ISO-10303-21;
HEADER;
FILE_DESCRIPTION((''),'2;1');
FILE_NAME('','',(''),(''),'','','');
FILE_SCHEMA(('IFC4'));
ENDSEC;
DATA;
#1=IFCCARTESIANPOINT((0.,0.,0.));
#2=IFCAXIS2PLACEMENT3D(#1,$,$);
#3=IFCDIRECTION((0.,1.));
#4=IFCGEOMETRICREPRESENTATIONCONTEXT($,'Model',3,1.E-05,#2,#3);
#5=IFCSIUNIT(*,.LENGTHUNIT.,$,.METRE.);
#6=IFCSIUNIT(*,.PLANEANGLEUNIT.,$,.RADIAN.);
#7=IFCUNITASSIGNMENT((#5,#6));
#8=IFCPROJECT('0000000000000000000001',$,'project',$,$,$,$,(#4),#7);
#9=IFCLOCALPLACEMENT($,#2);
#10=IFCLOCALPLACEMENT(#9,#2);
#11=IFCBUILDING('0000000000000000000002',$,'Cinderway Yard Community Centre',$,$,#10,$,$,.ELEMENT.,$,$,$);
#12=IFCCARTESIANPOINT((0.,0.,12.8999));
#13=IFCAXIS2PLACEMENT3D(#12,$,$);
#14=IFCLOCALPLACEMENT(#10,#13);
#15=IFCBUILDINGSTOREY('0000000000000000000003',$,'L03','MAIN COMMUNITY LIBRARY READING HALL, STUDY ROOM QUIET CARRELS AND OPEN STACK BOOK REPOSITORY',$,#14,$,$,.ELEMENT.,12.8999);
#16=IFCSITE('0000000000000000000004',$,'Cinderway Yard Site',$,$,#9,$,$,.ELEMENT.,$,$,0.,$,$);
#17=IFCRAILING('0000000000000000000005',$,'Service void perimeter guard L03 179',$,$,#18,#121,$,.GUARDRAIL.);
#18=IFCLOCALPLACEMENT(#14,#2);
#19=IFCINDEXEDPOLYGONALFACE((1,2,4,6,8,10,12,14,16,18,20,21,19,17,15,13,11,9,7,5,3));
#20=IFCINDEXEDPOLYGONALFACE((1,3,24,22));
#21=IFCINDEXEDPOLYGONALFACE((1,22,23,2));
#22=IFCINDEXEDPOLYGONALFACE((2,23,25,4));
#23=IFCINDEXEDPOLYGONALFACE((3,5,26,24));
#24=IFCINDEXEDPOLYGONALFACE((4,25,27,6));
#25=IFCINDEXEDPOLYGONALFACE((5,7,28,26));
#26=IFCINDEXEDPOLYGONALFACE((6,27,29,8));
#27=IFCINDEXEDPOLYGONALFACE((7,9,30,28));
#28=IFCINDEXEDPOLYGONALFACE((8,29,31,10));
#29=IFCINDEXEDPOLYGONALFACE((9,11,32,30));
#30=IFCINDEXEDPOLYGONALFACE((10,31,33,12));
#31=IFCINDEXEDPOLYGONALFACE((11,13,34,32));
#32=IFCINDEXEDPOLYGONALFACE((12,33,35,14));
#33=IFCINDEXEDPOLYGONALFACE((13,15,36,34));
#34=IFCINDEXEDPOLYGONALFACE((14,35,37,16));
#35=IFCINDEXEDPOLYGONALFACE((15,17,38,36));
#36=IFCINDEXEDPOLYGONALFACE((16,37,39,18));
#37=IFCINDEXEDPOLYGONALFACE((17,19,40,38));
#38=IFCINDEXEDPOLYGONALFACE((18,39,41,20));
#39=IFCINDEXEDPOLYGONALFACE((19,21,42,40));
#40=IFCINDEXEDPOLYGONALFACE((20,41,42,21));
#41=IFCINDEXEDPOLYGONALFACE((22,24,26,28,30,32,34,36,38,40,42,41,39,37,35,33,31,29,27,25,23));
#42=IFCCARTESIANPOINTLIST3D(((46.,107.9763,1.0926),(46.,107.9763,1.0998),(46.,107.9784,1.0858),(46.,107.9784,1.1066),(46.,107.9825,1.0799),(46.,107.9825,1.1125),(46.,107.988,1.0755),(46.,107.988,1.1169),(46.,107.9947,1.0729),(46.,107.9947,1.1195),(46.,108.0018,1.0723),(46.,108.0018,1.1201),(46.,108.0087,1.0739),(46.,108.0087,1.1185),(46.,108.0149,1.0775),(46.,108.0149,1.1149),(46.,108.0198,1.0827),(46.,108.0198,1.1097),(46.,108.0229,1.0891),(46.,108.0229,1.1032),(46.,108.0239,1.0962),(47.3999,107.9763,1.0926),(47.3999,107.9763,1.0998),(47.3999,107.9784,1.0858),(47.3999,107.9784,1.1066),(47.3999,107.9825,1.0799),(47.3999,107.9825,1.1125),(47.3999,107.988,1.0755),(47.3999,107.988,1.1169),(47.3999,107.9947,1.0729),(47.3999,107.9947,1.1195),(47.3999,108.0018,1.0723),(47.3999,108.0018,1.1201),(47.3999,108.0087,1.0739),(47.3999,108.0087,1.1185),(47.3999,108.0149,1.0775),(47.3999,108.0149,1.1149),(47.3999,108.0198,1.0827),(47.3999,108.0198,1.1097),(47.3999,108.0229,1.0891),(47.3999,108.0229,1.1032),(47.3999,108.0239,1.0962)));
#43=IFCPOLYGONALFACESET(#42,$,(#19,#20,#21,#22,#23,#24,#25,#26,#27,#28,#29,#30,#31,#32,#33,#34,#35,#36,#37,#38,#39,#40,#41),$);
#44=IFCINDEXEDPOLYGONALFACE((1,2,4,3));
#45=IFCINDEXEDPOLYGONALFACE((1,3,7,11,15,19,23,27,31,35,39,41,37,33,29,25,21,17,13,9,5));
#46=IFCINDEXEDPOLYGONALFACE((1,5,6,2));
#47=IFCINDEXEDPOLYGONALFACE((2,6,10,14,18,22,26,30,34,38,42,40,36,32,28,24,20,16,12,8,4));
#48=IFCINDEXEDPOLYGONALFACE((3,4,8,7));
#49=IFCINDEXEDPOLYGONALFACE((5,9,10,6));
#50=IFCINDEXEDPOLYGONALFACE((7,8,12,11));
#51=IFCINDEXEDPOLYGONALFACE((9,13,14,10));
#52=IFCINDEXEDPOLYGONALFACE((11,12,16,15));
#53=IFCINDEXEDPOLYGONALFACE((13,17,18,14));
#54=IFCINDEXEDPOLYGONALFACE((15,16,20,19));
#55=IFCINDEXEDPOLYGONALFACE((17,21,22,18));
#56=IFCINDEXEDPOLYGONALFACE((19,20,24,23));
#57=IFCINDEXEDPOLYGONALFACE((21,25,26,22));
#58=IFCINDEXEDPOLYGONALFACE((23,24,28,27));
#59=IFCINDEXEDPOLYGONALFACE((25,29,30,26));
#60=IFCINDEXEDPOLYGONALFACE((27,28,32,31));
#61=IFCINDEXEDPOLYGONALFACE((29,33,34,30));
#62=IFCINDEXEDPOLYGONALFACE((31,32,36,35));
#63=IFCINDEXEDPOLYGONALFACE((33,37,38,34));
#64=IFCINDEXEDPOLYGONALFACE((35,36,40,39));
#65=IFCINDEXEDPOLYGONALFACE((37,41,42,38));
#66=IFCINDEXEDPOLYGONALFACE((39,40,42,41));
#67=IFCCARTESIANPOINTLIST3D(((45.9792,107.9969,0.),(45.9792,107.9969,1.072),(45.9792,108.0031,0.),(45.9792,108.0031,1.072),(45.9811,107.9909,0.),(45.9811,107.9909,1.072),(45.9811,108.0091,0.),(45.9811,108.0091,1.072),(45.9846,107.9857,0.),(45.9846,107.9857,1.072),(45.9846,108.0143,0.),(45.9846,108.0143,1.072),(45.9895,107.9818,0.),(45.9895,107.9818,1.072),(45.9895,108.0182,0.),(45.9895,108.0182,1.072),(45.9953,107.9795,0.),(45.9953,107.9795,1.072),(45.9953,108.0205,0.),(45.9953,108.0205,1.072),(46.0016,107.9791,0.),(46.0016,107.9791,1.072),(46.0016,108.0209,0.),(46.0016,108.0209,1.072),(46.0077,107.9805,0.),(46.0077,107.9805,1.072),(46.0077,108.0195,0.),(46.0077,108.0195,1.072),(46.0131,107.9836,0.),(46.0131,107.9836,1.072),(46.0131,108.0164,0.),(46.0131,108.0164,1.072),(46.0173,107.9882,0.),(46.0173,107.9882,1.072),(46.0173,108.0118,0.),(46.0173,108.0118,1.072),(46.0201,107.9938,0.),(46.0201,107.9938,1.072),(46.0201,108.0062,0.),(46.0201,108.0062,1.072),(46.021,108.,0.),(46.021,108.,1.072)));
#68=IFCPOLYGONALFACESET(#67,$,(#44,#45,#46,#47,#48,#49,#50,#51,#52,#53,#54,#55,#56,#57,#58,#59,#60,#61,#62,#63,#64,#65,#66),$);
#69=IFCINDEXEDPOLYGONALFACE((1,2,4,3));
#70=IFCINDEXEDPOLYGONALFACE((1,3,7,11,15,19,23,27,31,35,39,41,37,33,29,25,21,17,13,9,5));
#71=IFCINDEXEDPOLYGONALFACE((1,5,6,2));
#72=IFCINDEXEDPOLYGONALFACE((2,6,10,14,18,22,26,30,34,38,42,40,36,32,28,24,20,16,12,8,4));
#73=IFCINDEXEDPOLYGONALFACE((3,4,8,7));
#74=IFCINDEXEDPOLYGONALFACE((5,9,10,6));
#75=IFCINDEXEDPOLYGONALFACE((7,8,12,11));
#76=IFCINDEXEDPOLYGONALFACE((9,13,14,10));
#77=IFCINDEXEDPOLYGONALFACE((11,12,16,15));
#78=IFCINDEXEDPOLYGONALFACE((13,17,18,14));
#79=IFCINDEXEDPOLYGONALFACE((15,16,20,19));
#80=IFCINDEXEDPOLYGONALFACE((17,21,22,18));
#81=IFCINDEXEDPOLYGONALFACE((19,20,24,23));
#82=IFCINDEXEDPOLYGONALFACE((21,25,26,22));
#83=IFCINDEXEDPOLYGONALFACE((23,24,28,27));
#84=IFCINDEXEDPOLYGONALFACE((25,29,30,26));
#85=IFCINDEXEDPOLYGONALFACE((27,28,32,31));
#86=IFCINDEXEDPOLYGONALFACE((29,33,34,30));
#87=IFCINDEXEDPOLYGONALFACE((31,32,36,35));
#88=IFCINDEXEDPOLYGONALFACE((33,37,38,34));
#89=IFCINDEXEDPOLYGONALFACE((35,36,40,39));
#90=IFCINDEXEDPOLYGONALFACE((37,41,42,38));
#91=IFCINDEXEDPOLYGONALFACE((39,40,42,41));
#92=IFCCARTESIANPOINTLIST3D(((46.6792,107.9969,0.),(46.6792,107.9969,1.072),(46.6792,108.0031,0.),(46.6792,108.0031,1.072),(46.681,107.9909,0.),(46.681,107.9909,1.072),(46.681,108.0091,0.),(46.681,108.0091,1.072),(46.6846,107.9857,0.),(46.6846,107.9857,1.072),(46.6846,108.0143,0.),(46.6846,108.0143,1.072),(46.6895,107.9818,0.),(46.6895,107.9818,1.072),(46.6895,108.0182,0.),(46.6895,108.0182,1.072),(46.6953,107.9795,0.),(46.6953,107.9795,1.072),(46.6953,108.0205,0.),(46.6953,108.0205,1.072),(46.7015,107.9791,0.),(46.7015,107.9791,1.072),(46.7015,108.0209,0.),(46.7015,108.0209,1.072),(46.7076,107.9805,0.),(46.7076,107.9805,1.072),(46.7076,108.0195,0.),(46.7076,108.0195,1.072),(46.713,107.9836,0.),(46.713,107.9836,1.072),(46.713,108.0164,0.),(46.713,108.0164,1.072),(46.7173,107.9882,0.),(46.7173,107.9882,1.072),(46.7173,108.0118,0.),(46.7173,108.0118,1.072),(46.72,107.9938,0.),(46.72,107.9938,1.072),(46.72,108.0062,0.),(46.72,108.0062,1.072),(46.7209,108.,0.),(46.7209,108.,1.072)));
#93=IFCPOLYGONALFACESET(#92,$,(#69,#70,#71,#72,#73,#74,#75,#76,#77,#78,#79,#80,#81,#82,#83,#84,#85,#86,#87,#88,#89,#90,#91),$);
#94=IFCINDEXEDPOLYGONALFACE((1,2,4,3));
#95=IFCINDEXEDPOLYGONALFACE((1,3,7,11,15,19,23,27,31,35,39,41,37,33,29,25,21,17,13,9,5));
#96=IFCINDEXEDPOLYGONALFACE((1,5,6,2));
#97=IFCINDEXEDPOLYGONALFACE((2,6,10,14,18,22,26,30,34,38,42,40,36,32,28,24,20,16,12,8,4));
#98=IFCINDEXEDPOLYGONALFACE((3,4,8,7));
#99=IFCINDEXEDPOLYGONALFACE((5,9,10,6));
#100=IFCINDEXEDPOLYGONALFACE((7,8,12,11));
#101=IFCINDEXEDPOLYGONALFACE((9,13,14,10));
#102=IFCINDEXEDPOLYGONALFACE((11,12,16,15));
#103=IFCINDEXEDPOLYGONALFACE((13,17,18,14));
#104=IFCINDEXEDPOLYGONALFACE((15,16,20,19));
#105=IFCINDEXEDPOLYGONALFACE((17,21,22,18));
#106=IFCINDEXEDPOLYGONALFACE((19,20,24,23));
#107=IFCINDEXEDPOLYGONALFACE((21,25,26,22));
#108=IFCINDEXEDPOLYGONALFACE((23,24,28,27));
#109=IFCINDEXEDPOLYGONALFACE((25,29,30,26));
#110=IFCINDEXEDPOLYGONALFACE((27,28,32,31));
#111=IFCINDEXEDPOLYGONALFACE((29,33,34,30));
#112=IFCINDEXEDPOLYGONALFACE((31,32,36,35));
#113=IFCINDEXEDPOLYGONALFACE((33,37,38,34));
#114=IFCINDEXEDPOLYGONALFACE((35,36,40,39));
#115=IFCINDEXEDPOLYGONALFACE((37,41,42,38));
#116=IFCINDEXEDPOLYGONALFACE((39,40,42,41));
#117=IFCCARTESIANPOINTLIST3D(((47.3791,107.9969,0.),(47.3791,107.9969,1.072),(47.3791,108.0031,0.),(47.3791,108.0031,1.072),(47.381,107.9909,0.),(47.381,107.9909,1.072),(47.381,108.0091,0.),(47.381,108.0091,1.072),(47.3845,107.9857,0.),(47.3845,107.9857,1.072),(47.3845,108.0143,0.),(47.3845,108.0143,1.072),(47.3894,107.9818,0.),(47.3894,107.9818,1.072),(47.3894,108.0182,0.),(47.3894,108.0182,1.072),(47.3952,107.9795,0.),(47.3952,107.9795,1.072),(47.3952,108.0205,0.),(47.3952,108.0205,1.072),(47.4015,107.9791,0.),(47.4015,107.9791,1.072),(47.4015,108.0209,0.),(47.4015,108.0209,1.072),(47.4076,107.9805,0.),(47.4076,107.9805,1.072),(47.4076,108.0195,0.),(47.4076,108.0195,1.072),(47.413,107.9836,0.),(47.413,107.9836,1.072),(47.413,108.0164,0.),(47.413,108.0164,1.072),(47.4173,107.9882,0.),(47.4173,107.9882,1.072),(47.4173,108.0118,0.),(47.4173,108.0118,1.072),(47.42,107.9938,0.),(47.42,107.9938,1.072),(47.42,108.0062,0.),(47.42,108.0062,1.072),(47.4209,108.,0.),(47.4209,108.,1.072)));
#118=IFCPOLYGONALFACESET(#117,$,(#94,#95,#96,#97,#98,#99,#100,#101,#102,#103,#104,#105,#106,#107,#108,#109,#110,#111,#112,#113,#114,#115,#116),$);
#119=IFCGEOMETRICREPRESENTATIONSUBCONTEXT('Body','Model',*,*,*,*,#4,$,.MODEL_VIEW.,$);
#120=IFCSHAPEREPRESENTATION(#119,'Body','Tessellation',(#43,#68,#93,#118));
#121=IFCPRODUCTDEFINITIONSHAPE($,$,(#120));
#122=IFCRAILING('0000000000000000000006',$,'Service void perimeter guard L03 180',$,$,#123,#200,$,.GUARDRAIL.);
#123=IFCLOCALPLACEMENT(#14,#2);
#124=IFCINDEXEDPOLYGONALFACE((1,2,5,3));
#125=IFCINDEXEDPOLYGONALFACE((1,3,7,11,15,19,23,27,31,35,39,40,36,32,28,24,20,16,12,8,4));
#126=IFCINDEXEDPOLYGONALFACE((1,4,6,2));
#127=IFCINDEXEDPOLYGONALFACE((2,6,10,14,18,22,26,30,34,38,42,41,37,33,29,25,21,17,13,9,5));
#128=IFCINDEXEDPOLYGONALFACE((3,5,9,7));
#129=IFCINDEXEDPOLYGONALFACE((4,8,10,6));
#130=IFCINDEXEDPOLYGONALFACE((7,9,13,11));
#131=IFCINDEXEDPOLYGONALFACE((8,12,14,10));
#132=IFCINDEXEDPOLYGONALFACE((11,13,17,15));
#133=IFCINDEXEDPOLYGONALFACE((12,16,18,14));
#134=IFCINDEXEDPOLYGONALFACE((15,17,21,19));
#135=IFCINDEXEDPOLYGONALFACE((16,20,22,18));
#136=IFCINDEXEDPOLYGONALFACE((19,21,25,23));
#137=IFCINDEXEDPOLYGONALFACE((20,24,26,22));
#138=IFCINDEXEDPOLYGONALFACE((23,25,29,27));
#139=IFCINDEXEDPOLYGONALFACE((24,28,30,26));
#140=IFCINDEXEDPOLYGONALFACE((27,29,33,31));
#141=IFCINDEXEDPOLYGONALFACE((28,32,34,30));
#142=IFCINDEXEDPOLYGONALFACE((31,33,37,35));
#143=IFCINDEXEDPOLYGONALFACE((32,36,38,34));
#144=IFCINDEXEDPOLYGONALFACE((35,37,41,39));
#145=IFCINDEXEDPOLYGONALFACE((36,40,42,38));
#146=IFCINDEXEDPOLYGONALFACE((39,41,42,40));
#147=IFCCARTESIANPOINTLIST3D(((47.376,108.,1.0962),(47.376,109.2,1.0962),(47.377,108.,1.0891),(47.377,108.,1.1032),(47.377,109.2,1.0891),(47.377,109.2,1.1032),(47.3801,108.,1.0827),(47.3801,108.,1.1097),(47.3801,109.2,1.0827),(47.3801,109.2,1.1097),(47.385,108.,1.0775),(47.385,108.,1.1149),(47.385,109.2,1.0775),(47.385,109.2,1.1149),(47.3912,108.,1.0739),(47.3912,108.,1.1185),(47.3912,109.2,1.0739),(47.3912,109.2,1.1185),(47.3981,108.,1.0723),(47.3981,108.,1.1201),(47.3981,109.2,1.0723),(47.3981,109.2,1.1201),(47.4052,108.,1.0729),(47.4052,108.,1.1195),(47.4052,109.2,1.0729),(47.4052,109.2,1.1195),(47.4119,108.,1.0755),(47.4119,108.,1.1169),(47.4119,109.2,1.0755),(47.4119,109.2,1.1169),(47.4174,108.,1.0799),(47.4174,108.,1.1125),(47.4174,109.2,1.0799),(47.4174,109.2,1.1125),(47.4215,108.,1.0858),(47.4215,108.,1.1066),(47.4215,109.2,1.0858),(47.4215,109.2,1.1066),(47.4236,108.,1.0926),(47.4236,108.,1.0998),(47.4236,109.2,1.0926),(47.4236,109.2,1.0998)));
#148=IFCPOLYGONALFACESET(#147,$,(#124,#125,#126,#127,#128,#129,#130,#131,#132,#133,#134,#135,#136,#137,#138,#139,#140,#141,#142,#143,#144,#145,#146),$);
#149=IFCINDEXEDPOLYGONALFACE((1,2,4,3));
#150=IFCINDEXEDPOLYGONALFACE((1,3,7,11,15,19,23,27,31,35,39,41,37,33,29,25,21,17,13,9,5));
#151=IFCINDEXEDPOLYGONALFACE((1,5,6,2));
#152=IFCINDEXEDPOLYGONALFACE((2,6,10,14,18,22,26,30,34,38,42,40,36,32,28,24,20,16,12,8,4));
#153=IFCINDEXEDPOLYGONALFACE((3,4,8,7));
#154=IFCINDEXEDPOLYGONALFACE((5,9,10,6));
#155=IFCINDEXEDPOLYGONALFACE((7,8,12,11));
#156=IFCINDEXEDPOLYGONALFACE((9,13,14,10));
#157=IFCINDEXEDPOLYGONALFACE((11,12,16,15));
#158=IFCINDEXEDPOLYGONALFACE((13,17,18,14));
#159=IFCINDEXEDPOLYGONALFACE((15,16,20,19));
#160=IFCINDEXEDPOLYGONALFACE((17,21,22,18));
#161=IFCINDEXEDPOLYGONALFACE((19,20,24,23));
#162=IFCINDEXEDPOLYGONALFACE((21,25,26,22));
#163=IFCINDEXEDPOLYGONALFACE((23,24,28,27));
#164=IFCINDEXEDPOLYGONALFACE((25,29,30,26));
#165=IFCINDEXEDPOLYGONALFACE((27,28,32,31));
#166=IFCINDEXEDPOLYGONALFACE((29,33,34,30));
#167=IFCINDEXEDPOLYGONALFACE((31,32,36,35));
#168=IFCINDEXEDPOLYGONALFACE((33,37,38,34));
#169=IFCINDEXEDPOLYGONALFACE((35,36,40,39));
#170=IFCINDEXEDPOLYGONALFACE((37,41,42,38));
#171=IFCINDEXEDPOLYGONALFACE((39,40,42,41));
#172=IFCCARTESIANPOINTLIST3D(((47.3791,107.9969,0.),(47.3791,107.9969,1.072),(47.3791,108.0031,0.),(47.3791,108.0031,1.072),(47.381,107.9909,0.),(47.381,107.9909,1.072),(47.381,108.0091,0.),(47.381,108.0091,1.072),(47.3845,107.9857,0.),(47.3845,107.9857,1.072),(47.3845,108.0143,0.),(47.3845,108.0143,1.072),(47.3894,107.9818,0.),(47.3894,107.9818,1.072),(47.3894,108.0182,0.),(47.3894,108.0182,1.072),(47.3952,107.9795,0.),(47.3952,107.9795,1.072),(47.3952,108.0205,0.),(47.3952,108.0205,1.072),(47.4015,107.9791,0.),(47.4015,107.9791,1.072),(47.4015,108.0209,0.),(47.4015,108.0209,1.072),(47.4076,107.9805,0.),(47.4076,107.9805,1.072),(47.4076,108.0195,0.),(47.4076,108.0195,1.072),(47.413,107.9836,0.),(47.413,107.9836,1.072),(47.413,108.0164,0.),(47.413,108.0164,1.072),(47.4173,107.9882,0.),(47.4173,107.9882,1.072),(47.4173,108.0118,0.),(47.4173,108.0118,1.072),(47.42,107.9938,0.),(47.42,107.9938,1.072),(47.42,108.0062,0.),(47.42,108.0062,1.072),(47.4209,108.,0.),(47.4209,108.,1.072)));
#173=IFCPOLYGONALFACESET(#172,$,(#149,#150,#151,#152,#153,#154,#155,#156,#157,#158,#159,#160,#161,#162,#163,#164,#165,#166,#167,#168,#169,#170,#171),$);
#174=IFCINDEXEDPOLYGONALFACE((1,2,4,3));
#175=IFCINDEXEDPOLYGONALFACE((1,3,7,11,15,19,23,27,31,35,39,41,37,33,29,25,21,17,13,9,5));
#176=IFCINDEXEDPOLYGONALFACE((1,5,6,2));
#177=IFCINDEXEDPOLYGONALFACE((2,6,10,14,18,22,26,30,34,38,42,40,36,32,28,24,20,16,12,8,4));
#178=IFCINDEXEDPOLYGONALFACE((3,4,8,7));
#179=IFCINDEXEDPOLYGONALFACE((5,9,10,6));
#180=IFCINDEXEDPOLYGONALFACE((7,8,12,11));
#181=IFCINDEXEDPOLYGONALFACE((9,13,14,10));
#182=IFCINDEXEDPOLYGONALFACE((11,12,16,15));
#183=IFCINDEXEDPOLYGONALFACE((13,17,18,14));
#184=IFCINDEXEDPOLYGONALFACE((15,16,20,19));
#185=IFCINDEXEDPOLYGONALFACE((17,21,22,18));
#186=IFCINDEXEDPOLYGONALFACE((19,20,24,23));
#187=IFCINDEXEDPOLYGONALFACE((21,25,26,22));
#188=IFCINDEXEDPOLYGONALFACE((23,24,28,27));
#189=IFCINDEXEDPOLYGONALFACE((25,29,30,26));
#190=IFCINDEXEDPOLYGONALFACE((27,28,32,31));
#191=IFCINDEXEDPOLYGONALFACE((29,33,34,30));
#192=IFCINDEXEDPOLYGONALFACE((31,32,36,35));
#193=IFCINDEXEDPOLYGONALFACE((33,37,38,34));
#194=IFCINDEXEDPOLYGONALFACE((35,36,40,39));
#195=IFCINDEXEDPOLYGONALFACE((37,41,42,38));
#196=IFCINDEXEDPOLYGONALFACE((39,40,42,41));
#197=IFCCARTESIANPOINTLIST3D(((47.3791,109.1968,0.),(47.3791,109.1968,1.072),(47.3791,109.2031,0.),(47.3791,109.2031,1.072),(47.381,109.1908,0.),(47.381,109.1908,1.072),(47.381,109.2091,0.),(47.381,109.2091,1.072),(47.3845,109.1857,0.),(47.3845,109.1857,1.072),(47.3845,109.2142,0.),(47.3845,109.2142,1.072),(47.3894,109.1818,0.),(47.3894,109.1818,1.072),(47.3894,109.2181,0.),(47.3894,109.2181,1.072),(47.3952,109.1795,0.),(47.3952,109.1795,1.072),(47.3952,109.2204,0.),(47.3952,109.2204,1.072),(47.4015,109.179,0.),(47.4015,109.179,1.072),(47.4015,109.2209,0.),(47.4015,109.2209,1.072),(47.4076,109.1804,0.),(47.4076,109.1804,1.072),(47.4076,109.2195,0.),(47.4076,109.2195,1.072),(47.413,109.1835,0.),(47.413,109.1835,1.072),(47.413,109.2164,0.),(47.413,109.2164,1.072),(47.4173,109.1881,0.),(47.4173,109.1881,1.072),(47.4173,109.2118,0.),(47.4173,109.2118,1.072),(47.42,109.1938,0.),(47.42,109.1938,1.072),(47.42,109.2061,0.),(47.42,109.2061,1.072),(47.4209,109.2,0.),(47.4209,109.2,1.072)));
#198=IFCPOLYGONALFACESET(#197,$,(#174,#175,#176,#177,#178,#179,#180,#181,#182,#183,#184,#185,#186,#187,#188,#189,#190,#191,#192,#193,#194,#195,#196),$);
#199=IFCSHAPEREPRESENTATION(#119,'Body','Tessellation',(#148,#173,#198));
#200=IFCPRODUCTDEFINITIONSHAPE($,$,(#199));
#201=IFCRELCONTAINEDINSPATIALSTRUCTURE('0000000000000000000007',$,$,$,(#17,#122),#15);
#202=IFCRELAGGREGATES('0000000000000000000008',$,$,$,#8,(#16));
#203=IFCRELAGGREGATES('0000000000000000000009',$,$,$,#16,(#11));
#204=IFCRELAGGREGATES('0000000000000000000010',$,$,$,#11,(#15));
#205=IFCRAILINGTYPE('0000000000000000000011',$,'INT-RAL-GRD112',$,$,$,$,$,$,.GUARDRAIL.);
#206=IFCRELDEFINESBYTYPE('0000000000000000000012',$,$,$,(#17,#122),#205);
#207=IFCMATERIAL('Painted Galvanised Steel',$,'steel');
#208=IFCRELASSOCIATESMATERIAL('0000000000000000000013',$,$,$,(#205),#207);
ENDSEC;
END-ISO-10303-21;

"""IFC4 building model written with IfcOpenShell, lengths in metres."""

from ifc_helpers import new_model, si_unit, direction, frame, origin, origin_2d, place, context, subcontext, project, spatial, circle, extrude, material, type_object, element, save


model = new_model("IFC4")

# Units and contexts
model_context = context("Model", 3, precision=1e-05, world=origin(), true_north=direction((0.0, 1.0)))
body_context = subcontext(model_context, "Body", "Model", "MODEL_VIEW")
ifc_project = project(units=[si_unit("LENGTHUNIT", "METRE"), si_unit("PLANEANGLEUNIT", "RADIAN")], contexts=[model_context])

# Site, building, storey
site_placement = place(None, origin())
site = spatial("IfcSite", under=ifc_project, at=site_placement, Name="Cinderway Yard Site", CompositionType="ELEMENT", RefElevation=0.0)
building_placement = place(site_placement, origin())
building = spatial("IfcBuilding", under=site, at=building_placement, Name="Cinderway Yard Community Centre", CompositionType="ELEMENT")
storey_placement = place(building_placement, frame((0.0, 0.0, 12.8999)))
storey = spatial("IfcBuildingStorey", under=building, at=storey_placement, Name="L03", Description="MAIN COMMUNITY LIBRARY READING HALL, STUDY ROOM QUIET CARRELS AND OPEN STACK BOOK REPOSITORY", CompositionType="ELEMENT", Elevation=12.8999)

# Railings
ifc_material_1 = material(Name="Painted Galvanised Steel", Category="steel")
railing_type = type_object("IfcRailingType", Name="INT-RAL-GRD112", PredefinedType="GUARDRAIL", material=ifc_material_1)
railing_1_placement = place(storey_placement, frame((46.0, 108.0, 0.0)))
element("IfcRailing", 1, at=railing_1_placement, inside=storey, type_object=railing_type, Name="Service void perimeter guard L03 179", PredefinedType="GUARDRAIL", context=body_context, shape_type="SweptSolid", body=[
    extrude(circle(Radius=0.0239, at=origin_2d()), frame((0.0, 0.0, 1.0962), z_axis=(1.0, 0.0, 0.0), x_axis=(0.0, 1.0, 0.0)), (0.0, 0.0, 1.0), 1.3999),
    extrude(circle(Radius=0.021, at=origin_2d()), origin(), (0.0, 0.0, 1.0), 1.072),
    extrude(circle(Radius=0.021, at=origin_2d()), frame((0.7, 0.0, 0.0)), (0.0, 0.0, 1.0), 1.072),
    extrude(circle(Radius=0.021, at=origin_2d()), frame((1.3999, 0.0, 0.0)), (0.0, 0.0, 1.0), 1.072),
])
railing_2_placement = place(storey_placement, frame((47.3999, 108.0, 0.0)))
element("IfcRailing", 2, at=railing_2_placement, inside=storey, type_object=railing_type, Name="Service void perimeter guard L03 180", PredefinedType="GUARDRAIL", context=body_context, shape_type="SweptSolid", body=[
    extrude(circle(Radius=0.0239, at=origin_2d()), frame((0.0, 0.0, 1.0962), z_axis=(0.0, 1.0, 0.0), x_axis=(-1.0, 0.0, 0.0)), (0.0, 0.0, 1.0), 1.2),
    extrude(circle(Radius=0.021, at=origin_2d()), origin(), (0.0, 0.0, 1.0), 1.072),
    extrude(circle(Radius=0.021, at=origin_2d()), frame((0.0, 1.2, 0.0)), (0.0, 0.0, 1.0), 1.072),
])

save(model, "model.ifc")
